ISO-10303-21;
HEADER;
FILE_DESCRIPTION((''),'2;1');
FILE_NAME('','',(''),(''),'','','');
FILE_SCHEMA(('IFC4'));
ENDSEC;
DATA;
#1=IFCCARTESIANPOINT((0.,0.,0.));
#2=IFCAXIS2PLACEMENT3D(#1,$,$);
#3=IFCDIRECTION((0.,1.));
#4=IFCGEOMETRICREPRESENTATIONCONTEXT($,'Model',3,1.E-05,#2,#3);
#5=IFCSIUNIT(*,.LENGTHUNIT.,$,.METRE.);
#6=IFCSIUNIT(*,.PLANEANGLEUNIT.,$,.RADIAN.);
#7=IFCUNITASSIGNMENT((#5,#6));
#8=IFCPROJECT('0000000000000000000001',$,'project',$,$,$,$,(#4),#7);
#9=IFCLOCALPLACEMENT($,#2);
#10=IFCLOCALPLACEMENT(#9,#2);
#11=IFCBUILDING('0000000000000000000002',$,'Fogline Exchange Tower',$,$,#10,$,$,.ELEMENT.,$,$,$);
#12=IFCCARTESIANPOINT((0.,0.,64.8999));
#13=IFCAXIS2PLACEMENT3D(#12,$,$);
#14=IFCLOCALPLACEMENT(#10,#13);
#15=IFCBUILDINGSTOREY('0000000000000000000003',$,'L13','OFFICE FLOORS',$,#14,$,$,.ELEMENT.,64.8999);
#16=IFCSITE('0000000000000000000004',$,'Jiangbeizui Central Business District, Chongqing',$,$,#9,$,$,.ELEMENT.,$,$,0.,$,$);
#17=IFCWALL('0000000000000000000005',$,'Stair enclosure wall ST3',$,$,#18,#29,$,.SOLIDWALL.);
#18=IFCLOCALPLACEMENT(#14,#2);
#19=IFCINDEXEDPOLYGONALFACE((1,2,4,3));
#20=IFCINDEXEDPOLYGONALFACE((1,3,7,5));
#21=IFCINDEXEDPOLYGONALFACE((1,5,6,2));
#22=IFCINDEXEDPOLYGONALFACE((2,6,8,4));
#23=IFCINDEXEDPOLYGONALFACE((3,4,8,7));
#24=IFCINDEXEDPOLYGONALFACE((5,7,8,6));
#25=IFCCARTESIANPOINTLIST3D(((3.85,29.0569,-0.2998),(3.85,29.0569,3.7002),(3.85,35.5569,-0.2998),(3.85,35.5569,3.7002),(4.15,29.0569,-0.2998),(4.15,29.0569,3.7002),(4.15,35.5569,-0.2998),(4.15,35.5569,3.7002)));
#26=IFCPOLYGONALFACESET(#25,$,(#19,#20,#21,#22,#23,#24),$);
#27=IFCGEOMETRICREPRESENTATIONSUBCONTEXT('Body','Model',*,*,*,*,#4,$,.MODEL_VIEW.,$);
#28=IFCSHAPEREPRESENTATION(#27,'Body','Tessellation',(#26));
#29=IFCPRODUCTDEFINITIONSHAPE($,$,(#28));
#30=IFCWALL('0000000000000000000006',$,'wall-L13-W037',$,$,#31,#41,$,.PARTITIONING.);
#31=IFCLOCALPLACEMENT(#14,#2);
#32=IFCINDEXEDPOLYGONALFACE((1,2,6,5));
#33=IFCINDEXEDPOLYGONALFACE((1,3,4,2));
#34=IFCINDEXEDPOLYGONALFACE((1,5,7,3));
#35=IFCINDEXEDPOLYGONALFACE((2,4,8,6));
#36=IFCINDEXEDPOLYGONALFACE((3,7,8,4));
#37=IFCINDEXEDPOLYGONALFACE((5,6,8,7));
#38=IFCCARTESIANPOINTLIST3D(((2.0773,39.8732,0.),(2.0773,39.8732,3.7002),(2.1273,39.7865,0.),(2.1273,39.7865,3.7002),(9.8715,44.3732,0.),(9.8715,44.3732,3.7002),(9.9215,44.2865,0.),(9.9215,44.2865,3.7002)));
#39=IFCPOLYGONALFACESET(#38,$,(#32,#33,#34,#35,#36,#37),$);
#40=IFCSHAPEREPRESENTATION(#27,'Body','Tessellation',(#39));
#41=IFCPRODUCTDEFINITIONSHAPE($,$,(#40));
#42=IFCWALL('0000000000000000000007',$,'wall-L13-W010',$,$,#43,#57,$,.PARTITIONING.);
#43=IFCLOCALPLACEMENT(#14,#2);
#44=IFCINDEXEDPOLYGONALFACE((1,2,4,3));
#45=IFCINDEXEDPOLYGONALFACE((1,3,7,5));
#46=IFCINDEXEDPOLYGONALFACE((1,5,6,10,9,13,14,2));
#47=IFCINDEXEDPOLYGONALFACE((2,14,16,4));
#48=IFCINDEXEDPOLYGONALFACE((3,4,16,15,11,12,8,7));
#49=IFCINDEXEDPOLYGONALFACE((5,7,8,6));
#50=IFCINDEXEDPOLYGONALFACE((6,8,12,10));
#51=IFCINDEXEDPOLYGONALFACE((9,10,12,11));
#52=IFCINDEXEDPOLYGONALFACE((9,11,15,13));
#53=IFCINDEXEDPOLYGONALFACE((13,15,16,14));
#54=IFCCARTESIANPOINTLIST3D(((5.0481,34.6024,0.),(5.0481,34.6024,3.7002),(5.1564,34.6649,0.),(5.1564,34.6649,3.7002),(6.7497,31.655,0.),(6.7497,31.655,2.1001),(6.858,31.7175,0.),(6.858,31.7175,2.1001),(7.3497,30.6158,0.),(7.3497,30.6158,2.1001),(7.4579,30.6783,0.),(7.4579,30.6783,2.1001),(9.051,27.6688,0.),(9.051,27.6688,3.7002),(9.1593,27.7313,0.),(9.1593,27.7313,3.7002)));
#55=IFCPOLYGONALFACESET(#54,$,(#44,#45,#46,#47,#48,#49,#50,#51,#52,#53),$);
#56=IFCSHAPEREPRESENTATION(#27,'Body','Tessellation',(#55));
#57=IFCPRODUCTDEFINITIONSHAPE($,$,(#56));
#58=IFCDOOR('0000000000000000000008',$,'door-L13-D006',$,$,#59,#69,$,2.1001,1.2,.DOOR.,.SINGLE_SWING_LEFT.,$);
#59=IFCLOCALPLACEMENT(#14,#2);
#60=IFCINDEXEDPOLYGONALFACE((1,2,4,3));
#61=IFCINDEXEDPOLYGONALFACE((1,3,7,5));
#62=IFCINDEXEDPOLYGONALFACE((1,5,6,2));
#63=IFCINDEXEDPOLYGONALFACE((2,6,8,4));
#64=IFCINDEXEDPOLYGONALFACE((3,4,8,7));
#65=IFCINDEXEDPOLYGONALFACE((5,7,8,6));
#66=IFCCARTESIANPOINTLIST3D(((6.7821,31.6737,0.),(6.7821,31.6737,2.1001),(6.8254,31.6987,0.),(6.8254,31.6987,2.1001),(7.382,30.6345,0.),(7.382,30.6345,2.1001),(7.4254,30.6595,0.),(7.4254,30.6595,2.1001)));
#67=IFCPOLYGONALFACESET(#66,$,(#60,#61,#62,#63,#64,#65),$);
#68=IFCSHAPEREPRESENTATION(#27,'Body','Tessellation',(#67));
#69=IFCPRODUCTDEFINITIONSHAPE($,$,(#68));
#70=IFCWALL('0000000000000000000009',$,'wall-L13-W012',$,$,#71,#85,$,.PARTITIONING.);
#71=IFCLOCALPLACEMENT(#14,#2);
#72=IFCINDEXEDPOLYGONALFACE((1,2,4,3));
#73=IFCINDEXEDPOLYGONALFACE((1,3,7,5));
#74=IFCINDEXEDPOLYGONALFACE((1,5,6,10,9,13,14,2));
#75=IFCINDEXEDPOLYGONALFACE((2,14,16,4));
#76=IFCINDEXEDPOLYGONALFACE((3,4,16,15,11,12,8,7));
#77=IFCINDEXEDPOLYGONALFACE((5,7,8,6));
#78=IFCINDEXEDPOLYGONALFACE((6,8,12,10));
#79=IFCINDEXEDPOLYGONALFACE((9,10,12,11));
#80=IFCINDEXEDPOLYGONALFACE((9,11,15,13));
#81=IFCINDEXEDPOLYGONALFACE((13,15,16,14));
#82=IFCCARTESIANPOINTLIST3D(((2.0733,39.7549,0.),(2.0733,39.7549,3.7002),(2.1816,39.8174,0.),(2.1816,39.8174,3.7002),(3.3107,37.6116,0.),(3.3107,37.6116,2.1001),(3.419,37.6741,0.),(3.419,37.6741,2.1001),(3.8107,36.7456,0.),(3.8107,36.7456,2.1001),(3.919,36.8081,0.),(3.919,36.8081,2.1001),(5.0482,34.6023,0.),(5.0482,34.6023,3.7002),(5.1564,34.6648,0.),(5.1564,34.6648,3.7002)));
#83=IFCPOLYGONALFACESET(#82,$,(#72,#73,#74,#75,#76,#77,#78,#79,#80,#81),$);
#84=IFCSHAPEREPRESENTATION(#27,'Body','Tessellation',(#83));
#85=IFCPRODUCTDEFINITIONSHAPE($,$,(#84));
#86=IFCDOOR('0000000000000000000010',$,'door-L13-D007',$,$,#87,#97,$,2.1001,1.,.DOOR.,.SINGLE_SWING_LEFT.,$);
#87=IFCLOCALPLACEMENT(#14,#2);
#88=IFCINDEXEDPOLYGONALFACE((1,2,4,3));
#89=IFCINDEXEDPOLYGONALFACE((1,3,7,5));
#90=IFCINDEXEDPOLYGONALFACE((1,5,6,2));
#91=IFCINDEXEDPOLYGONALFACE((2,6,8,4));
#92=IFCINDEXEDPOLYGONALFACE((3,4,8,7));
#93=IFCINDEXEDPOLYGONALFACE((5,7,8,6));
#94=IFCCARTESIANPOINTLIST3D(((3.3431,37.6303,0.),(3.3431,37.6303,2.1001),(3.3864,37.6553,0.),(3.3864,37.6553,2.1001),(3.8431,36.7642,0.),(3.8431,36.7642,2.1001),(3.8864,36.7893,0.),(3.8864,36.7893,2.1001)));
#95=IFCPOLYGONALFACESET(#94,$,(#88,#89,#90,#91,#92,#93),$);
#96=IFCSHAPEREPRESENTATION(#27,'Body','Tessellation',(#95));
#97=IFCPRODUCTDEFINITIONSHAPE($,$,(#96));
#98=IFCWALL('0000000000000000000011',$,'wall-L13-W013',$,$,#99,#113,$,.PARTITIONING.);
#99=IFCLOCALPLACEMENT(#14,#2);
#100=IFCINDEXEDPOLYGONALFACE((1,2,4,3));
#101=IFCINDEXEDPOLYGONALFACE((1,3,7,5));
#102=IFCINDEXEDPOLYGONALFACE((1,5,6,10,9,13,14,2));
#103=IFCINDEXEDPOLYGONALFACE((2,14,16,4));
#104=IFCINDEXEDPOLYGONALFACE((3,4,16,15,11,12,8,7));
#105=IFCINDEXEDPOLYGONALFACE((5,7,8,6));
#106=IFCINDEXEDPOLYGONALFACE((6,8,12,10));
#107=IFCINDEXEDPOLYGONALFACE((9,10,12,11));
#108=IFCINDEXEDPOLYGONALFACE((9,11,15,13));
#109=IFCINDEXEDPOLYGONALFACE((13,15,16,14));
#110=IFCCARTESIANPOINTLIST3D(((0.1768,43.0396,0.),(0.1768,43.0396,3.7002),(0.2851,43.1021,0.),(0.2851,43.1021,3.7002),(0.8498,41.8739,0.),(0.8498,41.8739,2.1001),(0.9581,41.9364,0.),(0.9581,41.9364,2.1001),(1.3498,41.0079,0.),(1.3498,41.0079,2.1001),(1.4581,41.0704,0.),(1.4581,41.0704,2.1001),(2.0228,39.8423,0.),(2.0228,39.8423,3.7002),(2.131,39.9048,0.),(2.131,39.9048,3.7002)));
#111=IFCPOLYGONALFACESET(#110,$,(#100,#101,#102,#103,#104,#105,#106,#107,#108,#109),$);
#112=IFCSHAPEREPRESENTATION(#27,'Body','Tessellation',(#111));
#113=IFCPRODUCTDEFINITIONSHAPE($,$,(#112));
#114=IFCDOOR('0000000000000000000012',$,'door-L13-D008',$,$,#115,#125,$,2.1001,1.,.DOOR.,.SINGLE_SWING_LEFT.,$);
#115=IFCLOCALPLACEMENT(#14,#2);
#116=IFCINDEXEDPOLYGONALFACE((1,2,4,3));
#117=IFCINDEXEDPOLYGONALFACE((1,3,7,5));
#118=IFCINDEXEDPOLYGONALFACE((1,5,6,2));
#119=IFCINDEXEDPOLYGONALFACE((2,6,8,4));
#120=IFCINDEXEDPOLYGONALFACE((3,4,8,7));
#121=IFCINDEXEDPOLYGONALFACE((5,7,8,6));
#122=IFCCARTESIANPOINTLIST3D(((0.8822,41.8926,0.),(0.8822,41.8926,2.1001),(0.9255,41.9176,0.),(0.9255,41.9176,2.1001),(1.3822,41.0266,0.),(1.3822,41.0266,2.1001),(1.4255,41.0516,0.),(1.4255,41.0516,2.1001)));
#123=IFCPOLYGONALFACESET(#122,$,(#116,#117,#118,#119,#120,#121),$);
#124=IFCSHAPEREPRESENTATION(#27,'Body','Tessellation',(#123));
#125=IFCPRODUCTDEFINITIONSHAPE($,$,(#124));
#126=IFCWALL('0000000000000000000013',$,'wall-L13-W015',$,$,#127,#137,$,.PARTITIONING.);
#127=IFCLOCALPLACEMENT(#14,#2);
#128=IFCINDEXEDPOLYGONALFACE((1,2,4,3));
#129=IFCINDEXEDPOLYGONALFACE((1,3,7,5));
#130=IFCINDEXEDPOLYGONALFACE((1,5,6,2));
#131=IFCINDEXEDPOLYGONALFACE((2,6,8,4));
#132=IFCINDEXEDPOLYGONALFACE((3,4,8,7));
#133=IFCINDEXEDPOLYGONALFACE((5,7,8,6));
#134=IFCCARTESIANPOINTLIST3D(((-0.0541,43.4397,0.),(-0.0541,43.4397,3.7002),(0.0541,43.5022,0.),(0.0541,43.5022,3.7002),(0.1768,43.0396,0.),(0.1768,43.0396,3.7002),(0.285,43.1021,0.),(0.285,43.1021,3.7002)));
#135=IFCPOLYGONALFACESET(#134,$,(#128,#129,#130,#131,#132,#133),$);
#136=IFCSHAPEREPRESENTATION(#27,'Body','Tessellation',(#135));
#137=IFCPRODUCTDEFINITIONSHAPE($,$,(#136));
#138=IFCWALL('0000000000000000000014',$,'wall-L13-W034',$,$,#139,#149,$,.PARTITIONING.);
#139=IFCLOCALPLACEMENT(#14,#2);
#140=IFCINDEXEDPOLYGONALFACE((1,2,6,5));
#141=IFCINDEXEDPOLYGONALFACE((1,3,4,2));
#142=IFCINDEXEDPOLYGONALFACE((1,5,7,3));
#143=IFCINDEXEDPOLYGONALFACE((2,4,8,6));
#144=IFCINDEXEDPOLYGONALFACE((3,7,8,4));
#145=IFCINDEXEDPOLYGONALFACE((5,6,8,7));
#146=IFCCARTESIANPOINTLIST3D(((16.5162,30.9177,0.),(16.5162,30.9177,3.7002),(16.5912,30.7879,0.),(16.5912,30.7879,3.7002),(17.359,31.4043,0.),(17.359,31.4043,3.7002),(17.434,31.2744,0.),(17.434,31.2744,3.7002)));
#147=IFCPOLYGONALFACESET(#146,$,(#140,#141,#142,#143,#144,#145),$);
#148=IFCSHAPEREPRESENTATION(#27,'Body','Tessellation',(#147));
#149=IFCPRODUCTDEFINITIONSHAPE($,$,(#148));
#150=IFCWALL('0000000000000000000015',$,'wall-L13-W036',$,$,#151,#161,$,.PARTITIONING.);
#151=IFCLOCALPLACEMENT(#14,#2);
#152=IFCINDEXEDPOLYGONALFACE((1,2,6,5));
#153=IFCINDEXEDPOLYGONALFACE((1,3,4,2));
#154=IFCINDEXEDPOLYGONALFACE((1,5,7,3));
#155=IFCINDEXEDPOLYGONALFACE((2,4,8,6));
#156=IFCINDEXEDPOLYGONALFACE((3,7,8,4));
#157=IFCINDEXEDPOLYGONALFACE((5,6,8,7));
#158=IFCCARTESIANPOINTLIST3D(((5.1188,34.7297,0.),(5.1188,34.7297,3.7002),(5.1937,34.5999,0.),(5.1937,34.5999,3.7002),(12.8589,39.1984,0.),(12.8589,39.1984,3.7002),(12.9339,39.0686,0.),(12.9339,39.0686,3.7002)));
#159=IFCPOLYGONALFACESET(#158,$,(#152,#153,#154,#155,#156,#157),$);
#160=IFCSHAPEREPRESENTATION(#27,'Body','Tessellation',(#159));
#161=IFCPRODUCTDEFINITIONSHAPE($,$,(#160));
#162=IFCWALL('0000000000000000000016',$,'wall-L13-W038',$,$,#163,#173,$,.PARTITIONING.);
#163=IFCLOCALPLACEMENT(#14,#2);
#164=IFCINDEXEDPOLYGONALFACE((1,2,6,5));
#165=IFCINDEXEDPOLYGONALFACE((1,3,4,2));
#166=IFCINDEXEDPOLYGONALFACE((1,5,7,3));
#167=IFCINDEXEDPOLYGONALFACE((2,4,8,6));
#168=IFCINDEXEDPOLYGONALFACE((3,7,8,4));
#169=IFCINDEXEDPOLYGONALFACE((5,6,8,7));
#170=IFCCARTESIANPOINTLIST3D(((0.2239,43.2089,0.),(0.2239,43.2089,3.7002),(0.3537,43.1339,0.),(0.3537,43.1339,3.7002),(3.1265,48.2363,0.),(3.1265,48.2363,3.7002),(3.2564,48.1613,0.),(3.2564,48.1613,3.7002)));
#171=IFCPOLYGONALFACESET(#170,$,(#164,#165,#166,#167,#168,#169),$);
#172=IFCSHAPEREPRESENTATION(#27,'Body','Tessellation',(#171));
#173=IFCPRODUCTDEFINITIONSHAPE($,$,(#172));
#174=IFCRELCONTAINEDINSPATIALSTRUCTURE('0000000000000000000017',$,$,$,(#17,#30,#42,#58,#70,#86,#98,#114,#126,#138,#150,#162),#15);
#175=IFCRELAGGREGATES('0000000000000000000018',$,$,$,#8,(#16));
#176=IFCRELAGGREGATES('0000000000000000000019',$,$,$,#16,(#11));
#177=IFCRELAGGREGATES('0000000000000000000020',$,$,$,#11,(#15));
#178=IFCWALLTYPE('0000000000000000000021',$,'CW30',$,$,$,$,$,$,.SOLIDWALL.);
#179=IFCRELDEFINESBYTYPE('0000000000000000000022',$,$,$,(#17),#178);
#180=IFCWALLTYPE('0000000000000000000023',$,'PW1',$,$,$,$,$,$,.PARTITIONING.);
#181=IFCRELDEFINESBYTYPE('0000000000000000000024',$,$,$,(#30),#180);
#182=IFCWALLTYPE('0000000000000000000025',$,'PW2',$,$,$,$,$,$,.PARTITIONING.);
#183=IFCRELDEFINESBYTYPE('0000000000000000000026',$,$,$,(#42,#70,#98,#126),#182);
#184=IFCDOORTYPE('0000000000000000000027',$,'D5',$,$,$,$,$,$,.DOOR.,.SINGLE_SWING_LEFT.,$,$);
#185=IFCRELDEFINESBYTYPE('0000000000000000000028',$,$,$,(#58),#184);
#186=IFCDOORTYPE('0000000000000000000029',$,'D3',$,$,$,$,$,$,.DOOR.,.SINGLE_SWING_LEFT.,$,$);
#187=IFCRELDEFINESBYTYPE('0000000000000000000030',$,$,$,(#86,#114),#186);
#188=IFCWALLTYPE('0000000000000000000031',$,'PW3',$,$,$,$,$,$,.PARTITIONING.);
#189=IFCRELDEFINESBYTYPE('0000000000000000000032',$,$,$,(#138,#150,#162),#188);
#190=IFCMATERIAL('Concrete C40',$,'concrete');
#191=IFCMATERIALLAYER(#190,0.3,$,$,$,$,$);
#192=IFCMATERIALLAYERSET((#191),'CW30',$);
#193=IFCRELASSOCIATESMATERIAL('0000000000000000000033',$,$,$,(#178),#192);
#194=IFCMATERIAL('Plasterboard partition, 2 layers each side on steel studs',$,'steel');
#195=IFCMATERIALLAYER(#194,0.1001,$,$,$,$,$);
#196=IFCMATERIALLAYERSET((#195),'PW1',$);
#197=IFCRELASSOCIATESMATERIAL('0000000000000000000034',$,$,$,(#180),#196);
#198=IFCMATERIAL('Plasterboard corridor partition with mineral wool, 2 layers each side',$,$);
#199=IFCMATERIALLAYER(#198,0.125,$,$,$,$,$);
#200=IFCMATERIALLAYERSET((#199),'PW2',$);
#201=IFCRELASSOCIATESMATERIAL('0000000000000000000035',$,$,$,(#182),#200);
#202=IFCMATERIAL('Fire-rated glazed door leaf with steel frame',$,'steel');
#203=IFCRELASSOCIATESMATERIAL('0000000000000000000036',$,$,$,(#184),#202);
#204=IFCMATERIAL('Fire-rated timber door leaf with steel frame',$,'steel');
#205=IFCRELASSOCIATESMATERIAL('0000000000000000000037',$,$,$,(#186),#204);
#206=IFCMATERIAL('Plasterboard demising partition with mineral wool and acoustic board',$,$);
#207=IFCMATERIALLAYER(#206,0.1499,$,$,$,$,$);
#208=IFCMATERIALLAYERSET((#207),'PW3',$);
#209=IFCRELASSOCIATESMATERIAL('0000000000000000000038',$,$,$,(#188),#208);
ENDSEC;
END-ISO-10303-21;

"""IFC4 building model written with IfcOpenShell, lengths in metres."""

from ifc_helpers import new_model, si_unit, direction, frame, frame_2d, origin, place, context, subcontext, project, spatial, rectangle, extrude, material, layer, layer_set, type_object, element, fill, save


model = new_model("IFC4")

# Units and contexts
model_context = context("Model", 3, precision=1e-05, world=origin(), true_north=direction((0.0, 1.0)))
body_context = subcontext(model_context, "Body", "Model", "MODEL_VIEW")
ifc_project = project(units=[si_unit("LENGTHUNIT", "METRE"), si_unit("PLANEANGLEUNIT", "RADIAN")], contexts=[model_context])

# Site, building, storey
site_placement = place(None, origin())
site = spatial("IfcSite", under=ifc_project, at=site_placement, Name="Jiangbeizui Central Business District, Chongqing", CompositionType="ELEMENT", RefElevation=0.0)
building_placement = place(site_placement, origin())
building = spatial("IfcBuilding", under=site, at=building_placement, Name="Fogline Exchange Tower", CompositionType="ELEMENT")
storey_placement = place(building_placement, frame((0.0, 0.0, 64.8999)))
storey = spatial("IfcBuildingStorey", under=building, at=storey_placement, Name="L13", Description="OFFICE FLOORS", CompositionType="ELEMENT", Elevation=64.8999)

# Shared definitions
ifc_material_1 = material(Name="Concrete C40", Category="concrete")

# Wall
ifc_layer_1 = layer(ifc_material_1, 0.3)
ifc_layer_set_1 = layer_set([ifc_layer_1], Name="CW30")
wall_type_1 = type_object("IfcWallType", Name="CW30", PredefinedType="SOLIDWALL", material=ifc_layer_set_1)
wall_1_placement = place(storey_placement, frame((4.0, 29.0569, -0.2998), z_axis=(0.0, 0.0, 1.0), x_axis=(0.0, 1.0, 0.0)))
element("IfcWall", 1, at=wall_1_placement, inside=storey, type_object=wall_type_1, Name="Stair enclosure wall ST3", PredefinedType="SOLIDWALL", context=body_context, shape_type="SweptSolid", body=[
    extrude(rectangle(XDim=6.5, YDim=0.3, at=frame_2d((3.25, 0.0))), origin(), (0.0, 0.0, 1.0), 4.0),
])

# Wall
ifc_material_2 = material(Name="Plasterboard partition, 2 layers each side on steel studs", Category="steel")
ifc_layer_2 = layer(ifc_material_2, 0.1001)
ifc_layer_set_2 = layer_set([ifc_layer_2], Name="PW1")
wall_type_2 = type_object("IfcWallType", Name="PW1", PredefinedType="PARTITIONING", material=ifc_layer_set_2)
wall_2_placement = place(storey_placement, frame((2.1023, 39.8298, 0.0), z_axis=(0.0, 0.0, 1.0), x_axis=(0.866024, 0.500002, 0.0)))
element("IfcWall", 2, at=wall_2_placement, inside=storey, type_object=wall_type_2, Name="wall-L13-W037", PredefinedType="PARTITIONING", context=body_context, shape_type="SweptSolid", body=[
    extrude(rectangle(XDim=9.0, YDim=0.1001, at=frame_2d((4.5, 0.0))), origin(), (0.0, 0.0, 1.0), 3.7002),
])

# Walls, openings, doors
ifc_material_3 = material(Name="Plasterboard corridor partition with mineral wool, 2 layers each side")
ifc_layer_3 = layer(ifc_material_3, 0.125)
ifc_layer_set_3 = layer_set([ifc_layer_3], Name="PW2")
wall_type_3 = type_object("IfcWallType", Name="PW2", PredefinedType="PARTITIONING", material=ifc_layer_set_3)
wall_3_placement = place(storey_placement, frame((5.1023, 34.6335, 0.0), z_axis=(0.0, 0.0, 1.0), x_axis=(0.499983, -0.866035, 0.0)))
wall_3 = element("IfcWall", 3, at=wall_3_placement, inside=storey, type_object=wall_type_3, Name="wall-L13-W010", PredefinedType="PARTITIONING", context=body_context, shape_type="SweptSolid", body=[
    extrude(rectangle(XDim=8.0061, YDim=0.125, at=frame_2d((4.0029, 0.0))), origin(), (0.0, 0.0, 1.0), 3.7002),
])
opening_1_placement = place(wall_3_placement, frame((3.4031, 0.0, 0.0)))
opening_1 = element("IfcOpeningElement", 4, at=opening_1_placement, cuts=wall_3, PredefinedType="OPENING", context=body_context, shape_type="SweptSolid", body=[
    extrude(rectangle(XDim=1.2, YDim=2.1001, at=frame_2d((0.6001, 1.05))), frame((0.0, 0.0725, 0.0), z_axis=(0.0, -1.0, 0.0), x_axis=(1.0, 0.0, 0.0)), (0.0, 0.0, 1.0), 0.145),
])
ifc_material_4 = material(Name="Fire-rated glazed door leaf with steel frame", Category="steel")
door_type_1 = type_object("IfcDoorType", Name="D5", OperationType="SINGLE_SWING_LEFT", PredefinedType="DOOR", material=ifc_material_4)
door_1_placement = place(opening_1_placement, origin())
door_1 = element("IfcDoor", 5, at=door_1_placement, inside=storey, type_object=door_type_1, Name="door-L13-D006", OperationType="SINGLE_SWING_LEFT", OverallHeight=2.1001, OverallWidth=1.2, PredefinedType="DOOR", context=body_context, shape_type="SweptSolid", body=[
    extrude(rectangle(XDim=1.2, YDim=2.1001, at=frame_2d((0.6001, 1.05))), frame((0.0, 0.0249, 0.0), z_axis=(0.0, -1.0, 0.0), x_axis=(1.0, 0.0, 0.0)), (0.0, 0.0, 1.0), 0.05),
])
fill(opening_1, door_1)
wall_4_placement = place(storey_placement, frame((2.1274, 39.7861, 0.0), z_axis=(0.0, 0.0, 1.0), x_axis=(0.500001, -0.866025, 0.0)))
wall_4 = element("IfcWall", 6, at=wall_4_placement, inside=storey, type_object=wall_type_3, Name="wall-L13-W012", PredefinedType="PARTITIONING", context=body_context, shape_type="SweptSolid", body=[
    extrude(rectangle(XDim=5.9497, YDim=0.125, at=frame_2d((2.9749, 0.0))), origin(), (0.0, 0.0, 1.0), 3.7002),
])
opening_2_placement = place(wall_4_placement, frame((2.4749, 0.0, 0.0)))
opening_2 = element("IfcOpeningElement", 7, at=opening_2_placement, cuts=wall_4, PredefinedType="OPENING", context=body_context, shape_type="SweptSolid", body=[
    extrude(rectangle(XDim=1.0, YDim=2.1001, at=frame_2d((0.5, 1.05))), frame((0.0, 0.0725, 0.0), z_axis=(0.0, -1.0, 0.0), x_axis=(1.0, 0.0, 0.0)), (0.0, 0.0, 1.0), 0.145),
])
ifc_material_5 = material(Name="Fire-rated timber door leaf with steel frame", Category="steel")
door_type_2 = type_object("IfcDoorType", Name="D3", OperationType="SINGLE_SWING_LEFT", PredefinedType="DOOR", material=ifc_material_5)
door_2_placement = place(opening_2_placement, origin())
door_2 = element("IfcDoor", 8, at=door_2_placement, inside=storey, type_object=door_type_2, Name="door-L13-D007", OperationType="SINGLE_SWING_LEFT", OverallHeight=2.1001, OverallWidth=1.0, PredefinedType="DOOR", context=body_context, shape_type="SweptSolid", body=[
    extrude(rectangle(XDim=1.0, YDim=2.1001, at=frame_2d((0.5, 1.05))), frame((0.0, 0.0249, 0.0), z_axis=(0.0, -1.0, 0.0), x_axis=(1.0, 0.0, 0.0)), (0.0, 0.0, 1.0), 0.05),
])
fill(opening_2, door_2)
wall_5_placement = place(storey_placement, frame((0.231, 43.0708, 0.0), z_axis=(0.0, 0.0, 1.0), x_axis=(0.500001, -0.866025, 0.0)))
wall_5 = element("IfcWall", 9, at=wall_5_placement, inside=storey, type_object=wall_type_3, Name="wall-L13-W013", PredefinedType="PARTITIONING", context=body_context, shape_type="SweptSolid", body=[
    extrude(rectangle(XDim=3.6919, YDim=0.125, at=frame_2d((1.8459, 0.0))), origin(), (0.0, 0.0, 1.0), 3.7002),
])
opening_3_placement = place(wall_5_placement, frame((1.3459, 0.0, 0.0)))
opening_3 = element("IfcOpeningElement", 10, at=opening_3_placement, cuts=wall_5, PredefinedType="OPENING", context=body_context, shape_type="SweptSolid", body=[
    extrude(rectangle(XDim=1.0, YDim=2.1001, at=frame_2d((0.5, 1.05))), frame((0.0, 0.0725, 0.0), z_axis=(0.0, -1.0, 0.0), x_axis=(1.0, 0.0, 0.0)), (0.0, 0.0, 1.0), 0.145),
])
door_3_placement = place(opening_3_placement, origin())
door_3 = element("IfcDoor", 11, at=door_3_placement, inside=storey, type_object=door_type_2, Name="door-L13-D008", OperationType="SINGLE_SWING_LEFT", OverallHeight=2.1001, OverallWidth=1.0, PredefinedType="DOOR", context=body_context, shape_type="SweptSolid", body=[
    extrude(rectangle(XDim=1.0, YDim=2.1001, at=frame_2d((0.5, 1.05))), frame((0.0, 0.0249, 0.0), z_axis=(0.0, -1.0, 0.0), x_axis=(1.0, 0.0, 0.0)), (0.0, 0.0, 1.0), 0.05),
])
fill(opening_3, door_3)

# Walls
wall_6_placement = place(storey_placement, frame((0.0, 43.4709, 0.0), z_axis=(0.0, 0.0, 1.0), x_axis=(0.49989, -0.866089, 0.0)))
element("IfcWall", 12, at=wall_6_placement, inside=storey, type_object=wall_type_3, Name="wall-L13-W015", PredefinedType="PARTITIONING", context=body_context, shape_type="SweptSolid", body=[
    extrude(rectangle(XDim=0.4619, YDim=0.125, at=frame_2d((0.231, 0.0))), origin(), (0.0, 0.0, 1.0), 3.7002),
])
ifc_material_6 = material(Name="Plasterboard demising partition with mineral wool and acoustic board")
ifc_layer_4 = layer(ifc_material_6, 0.1499)
ifc_layer_set_4 = layer_set([ifc_layer_4], Name="PW3")
wall_type_4 = type_object("IfcWallType", Name="PW3", PredefinedType="PARTITIONING", material=ifc_layer_set_4)
wall_7_placement = place(storey_placement, frame((16.5537, 30.8528, 0.0), z_axis=(0.0, 0.0, 1.0), x_axis=(0.866027, 0.499998, 0.0)))
element("IfcWall", 13, at=wall_7_placement, inside=storey, type_object=wall_type_4, Name="wall-L13-W034", PredefinedType="PARTITIONING", context=body_context, shape_type="SweptSolid", body=[
    extrude(rectangle(XDim=0.9731, YDim=0.1499, at=frame_2d((0.4866, 0.0))), origin(), (0.0, 0.0, 1.0), 3.7002),
])
wall_8_placement = place(storey_placement, frame((5.1562, 34.6648, 0.0), z_axis=(0.0, 0.0, 1.0), x_axis=(0.866029, 0.499994, 0.0)))
element("IfcWall", 14, at=wall_8_placement, inside=storey, type_object=wall_type_4, Name="wall-L13-W036", PredefinedType="PARTITIONING", context=body_context, shape_type="SweptSolid", body=[
    extrude(rectangle(XDim=8.9375, YDim=0.1499, at=frame_2d((4.4688, 0.0))), origin(), (0.0, 0.0, 1.0), 3.7002),
])
wall_9_placement = place(storey_placement, frame((0.2888, 43.1714, 0.0), z_axis=(0.0, 0.0, 1.0), x_axis=(0.500006, 0.866022, 0.0)))
element("IfcWall", 15, at=wall_9_placement, inside=storey, type_object=wall_type_4, Name="wall-L13-W038", PredefinedType="PARTITIONING", context=body_context, shape_type="SweptSolid", body=[
    extrude(rectangle(XDim=5.8052, YDim=0.1499, at=frame_2d((2.9026, 0.0))), origin(), (0.0, 0.0, 1.0), 3.7002),
])

save(model, "model.ifc")
